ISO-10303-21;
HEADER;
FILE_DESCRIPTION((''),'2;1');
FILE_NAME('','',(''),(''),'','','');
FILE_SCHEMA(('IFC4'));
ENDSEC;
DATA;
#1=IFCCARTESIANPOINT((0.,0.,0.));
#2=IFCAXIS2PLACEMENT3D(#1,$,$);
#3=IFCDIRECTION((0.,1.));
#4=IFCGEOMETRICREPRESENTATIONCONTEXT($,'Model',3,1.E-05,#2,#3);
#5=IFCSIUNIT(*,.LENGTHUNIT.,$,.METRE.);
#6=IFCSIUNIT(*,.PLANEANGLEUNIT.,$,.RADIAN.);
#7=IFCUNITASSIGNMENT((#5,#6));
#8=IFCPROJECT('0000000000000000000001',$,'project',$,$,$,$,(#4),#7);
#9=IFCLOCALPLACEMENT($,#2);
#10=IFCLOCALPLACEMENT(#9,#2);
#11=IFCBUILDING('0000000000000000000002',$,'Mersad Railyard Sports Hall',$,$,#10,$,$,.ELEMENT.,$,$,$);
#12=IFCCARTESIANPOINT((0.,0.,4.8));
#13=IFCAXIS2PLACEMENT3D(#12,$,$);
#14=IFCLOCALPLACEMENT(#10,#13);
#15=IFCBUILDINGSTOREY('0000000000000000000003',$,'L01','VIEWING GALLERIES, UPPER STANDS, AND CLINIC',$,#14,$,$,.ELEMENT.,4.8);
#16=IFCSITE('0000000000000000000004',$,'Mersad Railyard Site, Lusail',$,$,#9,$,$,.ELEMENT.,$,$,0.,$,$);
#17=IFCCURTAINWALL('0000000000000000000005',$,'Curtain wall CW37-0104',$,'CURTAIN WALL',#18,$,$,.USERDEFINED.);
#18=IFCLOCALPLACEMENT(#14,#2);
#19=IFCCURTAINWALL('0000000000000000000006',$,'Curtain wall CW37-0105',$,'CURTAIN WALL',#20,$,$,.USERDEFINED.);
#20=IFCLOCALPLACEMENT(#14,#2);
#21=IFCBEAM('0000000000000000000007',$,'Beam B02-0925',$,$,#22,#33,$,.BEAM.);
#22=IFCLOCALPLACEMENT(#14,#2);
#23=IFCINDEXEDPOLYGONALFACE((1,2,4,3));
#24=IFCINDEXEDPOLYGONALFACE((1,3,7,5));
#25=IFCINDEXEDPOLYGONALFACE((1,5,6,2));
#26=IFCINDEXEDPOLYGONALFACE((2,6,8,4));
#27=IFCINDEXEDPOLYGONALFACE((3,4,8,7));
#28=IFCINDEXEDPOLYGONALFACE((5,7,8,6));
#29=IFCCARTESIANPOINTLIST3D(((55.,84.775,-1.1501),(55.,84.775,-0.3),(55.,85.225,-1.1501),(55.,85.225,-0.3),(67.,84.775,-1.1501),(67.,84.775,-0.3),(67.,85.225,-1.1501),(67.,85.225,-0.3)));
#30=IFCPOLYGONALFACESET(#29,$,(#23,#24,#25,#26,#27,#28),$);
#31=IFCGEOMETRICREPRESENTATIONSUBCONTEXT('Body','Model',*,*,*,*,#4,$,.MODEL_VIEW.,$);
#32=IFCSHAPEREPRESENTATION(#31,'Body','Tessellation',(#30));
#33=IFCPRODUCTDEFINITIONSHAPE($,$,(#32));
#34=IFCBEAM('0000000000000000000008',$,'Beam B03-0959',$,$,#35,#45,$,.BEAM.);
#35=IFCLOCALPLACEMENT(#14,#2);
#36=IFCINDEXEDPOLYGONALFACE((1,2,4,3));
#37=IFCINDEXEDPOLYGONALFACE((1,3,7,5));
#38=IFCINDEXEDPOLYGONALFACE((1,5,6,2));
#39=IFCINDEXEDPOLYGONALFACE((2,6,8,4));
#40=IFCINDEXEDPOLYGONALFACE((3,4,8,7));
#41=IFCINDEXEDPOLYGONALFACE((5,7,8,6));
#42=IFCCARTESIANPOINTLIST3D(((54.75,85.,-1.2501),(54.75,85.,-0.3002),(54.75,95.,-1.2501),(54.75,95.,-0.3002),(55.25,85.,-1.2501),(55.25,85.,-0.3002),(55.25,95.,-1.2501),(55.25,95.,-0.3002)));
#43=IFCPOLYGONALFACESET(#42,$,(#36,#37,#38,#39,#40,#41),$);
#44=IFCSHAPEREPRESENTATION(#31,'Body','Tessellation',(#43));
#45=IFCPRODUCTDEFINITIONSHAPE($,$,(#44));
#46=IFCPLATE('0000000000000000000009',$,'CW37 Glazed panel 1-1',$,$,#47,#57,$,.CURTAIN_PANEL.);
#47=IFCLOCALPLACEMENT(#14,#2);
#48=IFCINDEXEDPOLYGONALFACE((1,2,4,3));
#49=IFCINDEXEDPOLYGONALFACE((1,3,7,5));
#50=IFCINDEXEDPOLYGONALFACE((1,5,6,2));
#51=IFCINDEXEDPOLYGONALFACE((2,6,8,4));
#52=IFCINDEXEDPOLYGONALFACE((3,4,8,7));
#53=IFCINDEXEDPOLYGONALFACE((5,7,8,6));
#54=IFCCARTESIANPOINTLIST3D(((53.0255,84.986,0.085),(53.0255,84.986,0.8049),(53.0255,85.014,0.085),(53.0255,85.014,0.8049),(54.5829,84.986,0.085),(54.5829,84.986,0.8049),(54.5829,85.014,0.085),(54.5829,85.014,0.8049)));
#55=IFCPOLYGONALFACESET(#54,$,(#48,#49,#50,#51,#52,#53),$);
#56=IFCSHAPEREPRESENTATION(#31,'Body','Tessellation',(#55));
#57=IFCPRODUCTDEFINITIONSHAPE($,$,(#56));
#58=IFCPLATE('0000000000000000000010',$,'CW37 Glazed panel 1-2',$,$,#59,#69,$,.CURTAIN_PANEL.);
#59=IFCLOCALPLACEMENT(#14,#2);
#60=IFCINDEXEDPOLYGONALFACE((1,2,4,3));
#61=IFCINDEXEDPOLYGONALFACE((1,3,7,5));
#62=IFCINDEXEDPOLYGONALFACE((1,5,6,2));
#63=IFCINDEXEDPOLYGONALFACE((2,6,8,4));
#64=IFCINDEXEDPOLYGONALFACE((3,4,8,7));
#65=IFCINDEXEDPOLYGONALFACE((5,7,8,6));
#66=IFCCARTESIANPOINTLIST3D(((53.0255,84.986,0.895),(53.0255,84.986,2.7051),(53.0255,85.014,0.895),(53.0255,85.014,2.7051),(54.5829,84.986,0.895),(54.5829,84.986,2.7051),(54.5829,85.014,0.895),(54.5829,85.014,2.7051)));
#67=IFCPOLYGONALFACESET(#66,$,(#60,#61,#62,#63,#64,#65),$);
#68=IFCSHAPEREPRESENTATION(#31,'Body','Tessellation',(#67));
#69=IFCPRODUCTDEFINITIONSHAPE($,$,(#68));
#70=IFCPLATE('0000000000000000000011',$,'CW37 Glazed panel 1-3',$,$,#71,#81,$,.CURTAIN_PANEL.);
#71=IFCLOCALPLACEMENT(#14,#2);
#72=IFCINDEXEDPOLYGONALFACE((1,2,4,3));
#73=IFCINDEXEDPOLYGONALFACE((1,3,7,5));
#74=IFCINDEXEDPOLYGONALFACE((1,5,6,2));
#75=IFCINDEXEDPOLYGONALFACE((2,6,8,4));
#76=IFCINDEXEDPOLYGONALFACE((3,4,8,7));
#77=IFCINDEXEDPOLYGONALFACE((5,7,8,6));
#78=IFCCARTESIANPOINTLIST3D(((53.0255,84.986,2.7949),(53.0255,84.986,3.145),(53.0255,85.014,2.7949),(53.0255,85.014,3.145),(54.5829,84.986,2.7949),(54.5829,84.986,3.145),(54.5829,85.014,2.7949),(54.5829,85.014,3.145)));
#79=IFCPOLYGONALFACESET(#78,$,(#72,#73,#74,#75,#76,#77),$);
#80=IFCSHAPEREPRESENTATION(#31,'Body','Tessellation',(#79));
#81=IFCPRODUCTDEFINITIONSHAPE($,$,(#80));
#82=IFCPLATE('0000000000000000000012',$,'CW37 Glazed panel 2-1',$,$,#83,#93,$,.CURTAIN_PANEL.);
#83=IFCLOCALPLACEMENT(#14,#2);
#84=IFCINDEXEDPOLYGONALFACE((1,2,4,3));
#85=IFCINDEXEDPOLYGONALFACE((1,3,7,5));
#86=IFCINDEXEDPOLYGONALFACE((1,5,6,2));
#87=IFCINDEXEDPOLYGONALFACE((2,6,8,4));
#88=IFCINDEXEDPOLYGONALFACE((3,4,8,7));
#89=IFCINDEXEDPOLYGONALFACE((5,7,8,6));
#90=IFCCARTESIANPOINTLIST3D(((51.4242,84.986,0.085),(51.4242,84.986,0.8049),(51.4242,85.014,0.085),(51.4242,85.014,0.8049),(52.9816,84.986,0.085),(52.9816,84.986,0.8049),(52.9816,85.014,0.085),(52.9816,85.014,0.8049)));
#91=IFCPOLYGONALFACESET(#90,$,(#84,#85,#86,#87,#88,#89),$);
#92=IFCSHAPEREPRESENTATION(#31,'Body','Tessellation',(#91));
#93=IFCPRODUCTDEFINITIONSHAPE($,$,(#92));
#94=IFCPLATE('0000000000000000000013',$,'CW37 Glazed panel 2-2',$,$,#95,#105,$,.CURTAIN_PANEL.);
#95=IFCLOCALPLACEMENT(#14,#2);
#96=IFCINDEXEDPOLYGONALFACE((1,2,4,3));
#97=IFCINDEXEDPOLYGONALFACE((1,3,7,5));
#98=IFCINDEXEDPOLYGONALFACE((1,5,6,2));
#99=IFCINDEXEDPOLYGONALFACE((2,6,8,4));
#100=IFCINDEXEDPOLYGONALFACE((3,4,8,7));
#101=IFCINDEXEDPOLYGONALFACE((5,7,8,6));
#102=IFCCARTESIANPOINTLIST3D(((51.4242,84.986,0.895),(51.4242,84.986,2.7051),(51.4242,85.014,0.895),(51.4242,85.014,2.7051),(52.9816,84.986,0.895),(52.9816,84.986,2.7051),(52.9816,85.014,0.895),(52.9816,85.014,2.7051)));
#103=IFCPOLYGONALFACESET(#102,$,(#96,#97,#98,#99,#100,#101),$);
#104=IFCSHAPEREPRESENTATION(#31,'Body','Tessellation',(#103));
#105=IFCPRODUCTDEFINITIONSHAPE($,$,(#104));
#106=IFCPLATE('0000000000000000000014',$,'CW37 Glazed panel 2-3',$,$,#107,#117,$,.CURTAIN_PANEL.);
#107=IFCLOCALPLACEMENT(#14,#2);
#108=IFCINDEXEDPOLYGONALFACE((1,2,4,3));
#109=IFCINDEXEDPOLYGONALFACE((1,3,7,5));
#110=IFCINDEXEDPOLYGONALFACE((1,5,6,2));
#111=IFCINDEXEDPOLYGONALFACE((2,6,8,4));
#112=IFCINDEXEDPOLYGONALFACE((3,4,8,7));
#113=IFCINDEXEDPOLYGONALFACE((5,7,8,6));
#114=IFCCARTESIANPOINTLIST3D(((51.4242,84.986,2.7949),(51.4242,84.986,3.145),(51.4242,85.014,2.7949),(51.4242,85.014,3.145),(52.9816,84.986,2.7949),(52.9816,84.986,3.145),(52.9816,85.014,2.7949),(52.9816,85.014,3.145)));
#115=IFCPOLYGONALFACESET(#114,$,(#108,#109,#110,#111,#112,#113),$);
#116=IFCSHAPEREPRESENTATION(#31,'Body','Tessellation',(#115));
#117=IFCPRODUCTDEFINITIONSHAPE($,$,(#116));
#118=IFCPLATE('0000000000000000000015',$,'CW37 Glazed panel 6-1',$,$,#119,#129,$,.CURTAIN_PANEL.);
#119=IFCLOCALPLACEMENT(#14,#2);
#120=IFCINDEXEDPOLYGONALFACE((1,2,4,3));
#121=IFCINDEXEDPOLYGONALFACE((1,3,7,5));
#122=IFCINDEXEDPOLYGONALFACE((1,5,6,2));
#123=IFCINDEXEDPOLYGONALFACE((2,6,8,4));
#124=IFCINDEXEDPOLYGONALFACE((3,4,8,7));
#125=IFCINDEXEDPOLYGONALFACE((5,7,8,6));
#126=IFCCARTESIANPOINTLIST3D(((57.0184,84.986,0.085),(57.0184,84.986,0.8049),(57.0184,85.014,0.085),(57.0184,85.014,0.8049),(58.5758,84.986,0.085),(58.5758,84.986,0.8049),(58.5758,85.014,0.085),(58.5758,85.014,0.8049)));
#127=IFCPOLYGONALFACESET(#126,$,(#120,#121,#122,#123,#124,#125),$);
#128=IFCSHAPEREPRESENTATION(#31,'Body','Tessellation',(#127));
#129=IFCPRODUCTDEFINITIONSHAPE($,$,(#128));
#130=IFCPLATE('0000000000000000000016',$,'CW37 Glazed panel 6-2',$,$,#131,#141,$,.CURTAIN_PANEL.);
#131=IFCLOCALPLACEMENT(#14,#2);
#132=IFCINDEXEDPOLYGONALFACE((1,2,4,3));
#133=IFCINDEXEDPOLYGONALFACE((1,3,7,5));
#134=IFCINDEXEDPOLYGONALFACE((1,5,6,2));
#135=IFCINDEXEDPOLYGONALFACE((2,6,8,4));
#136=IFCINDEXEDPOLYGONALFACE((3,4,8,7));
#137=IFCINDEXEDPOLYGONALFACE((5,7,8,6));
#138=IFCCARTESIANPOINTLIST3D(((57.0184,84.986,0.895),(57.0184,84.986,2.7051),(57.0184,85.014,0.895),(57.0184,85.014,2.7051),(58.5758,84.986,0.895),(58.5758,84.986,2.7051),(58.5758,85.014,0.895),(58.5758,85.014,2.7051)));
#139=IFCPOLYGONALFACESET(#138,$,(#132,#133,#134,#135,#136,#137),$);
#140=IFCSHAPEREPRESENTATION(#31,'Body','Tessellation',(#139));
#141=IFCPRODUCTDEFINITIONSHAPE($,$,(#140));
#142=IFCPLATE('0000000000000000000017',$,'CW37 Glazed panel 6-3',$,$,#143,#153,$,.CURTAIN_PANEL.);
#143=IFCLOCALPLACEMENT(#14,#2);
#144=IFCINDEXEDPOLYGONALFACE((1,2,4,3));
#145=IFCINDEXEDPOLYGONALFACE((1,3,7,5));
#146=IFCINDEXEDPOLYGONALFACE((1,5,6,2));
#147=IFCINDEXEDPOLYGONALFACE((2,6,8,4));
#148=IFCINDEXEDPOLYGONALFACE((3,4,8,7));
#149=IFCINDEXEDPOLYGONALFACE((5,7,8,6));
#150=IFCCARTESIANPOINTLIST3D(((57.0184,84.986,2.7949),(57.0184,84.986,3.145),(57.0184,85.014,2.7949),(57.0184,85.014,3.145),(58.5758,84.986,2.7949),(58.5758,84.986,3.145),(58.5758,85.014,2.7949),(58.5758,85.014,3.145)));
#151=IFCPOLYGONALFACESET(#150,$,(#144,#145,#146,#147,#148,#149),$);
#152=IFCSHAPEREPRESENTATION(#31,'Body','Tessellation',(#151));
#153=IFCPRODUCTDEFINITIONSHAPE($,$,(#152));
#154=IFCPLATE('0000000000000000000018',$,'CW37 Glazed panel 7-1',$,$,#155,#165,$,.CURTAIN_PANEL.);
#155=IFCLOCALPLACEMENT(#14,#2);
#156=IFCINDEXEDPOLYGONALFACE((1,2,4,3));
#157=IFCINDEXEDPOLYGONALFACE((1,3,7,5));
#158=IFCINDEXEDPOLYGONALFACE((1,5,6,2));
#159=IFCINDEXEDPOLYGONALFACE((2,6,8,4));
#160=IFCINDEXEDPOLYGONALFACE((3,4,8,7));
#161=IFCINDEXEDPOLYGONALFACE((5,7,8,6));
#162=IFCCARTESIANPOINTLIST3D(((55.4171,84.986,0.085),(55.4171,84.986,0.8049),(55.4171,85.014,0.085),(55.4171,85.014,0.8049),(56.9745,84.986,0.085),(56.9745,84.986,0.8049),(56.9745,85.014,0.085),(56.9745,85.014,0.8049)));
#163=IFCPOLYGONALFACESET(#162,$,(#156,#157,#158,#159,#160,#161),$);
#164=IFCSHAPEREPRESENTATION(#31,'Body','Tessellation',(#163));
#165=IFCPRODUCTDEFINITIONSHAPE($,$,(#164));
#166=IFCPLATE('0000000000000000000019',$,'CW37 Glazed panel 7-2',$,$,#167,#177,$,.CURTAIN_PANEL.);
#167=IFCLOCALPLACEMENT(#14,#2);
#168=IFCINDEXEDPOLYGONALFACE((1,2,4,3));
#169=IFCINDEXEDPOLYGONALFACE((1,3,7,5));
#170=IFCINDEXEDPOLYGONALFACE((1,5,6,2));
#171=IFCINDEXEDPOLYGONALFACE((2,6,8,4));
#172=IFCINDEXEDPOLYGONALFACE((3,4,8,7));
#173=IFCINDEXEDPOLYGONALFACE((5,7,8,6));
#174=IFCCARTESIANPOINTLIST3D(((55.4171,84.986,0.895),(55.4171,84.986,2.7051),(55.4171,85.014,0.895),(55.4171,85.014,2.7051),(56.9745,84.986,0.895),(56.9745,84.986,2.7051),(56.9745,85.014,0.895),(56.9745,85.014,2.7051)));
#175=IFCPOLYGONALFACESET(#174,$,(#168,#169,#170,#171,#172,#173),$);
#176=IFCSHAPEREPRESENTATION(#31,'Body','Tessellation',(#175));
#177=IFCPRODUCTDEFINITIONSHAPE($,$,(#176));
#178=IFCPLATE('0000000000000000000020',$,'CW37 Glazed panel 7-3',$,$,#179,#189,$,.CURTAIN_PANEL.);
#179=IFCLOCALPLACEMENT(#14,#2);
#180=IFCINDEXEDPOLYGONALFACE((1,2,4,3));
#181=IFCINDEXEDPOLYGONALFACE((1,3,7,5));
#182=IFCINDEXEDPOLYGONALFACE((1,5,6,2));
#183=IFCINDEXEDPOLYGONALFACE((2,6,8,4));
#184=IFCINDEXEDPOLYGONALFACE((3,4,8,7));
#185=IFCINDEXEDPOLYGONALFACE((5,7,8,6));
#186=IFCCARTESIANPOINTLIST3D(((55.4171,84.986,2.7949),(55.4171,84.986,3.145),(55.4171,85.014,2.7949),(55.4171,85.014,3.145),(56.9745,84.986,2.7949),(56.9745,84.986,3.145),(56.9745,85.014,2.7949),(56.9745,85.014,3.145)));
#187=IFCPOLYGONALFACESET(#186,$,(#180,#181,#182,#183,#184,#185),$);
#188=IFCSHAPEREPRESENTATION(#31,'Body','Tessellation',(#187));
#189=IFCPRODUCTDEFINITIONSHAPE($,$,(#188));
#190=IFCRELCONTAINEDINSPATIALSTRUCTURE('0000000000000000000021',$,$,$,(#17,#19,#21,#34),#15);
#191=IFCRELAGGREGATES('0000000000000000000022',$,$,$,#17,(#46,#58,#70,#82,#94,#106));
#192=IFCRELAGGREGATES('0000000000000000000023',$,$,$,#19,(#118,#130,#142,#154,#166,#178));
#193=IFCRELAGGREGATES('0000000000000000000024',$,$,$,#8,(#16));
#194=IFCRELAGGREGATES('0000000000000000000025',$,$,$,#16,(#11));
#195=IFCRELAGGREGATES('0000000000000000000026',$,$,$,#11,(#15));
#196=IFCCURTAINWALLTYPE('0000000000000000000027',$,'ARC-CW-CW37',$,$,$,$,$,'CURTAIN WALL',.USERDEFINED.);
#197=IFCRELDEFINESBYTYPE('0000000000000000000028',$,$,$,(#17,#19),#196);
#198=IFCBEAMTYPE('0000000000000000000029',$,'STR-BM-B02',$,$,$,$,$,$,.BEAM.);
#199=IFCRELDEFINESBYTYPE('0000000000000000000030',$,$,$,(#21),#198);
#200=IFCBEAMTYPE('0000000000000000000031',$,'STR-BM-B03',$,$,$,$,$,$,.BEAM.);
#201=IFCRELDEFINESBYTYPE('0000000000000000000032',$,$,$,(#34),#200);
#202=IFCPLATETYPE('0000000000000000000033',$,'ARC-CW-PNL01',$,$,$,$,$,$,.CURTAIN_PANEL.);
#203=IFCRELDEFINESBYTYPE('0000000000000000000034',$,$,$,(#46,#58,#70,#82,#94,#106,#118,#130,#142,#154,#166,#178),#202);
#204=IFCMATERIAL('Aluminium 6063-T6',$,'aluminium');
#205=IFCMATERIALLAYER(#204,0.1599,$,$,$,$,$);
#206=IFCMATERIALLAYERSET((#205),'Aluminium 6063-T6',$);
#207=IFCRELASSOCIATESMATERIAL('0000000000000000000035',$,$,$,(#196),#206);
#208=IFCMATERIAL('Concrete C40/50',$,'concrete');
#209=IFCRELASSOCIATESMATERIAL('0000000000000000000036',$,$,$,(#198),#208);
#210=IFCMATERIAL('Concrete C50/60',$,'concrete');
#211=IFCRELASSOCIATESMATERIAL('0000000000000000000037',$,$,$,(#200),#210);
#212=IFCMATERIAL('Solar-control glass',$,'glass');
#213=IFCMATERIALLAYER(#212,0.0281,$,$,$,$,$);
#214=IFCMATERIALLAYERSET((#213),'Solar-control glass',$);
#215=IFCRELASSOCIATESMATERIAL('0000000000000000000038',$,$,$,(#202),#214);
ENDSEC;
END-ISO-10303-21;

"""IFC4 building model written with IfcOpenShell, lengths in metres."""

from ifc_helpers import new_model, si_unit, direction, frame, origin, origin_2d, place, context, subcontext, project, spatial, rectangle, extrude, material, layer, layer_set, material_profile, profile_set, type_object, element, aggregate, save


model = new_model("IFC4")

# Units and contexts
model_context = context("Model", 3, precision=1e-05, world=origin(), true_north=direction((0.0, 1.0)))
body_context = subcontext(model_context, "Body", "Model", "MODEL_VIEW")
ifc_project = project(units=[si_unit("LENGTHUNIT", "METRE"), si_unit("PLANEANGLEUNIT", "RADIAN")], contexts=[model_context])

# Site, building, storey
site_placement = place(None, origin())
site = spatial("IfcSite", under=ifc_project, at=site_placement, Name="Mersad Railyard Site, Lusail", CompositionType="ELEMENT", RefElevation=0.0)
building_placement = place(site_placement, origin())
building = spatial("IfcBuilding", under=site, at=building_placement, Name="Mersad Railyard Sports Hall", CompositionType="ELEMENT")
storey_placement = place(building_placement, frame((0.0, 0.0, 4.8)))
storey = spatial("IfcBuildingStorey", under=building, at=storey_placement, Name="L01", Description="VIEWING GALLERIES, UPPER STANDS, AND CLINIC", CompositionType="ELEMENT", Elevation=4.8)

# Shared definitions
ifc_material_1 = material(Name="Concrete C50/60", Category="concrete")

# Curtain walls
ifc_material_2 = material(Name="Aluminium 6063-T6", Category="aluminium")
ifc_layer_1 = layer(ifc_material_2, 0.1599)
ifc_layer_set_1 = layer_set([ifc_layer_1], Name="Aluminium 6063-T6")
curtain_wall_type = type_object("IfcCurtainWallType", Name="ARC-CW-CW37", ElementType="CURTAIN WALL", PredefinedType="USERDEFINED", material=ifc_layer_set_1)
curtain_wall_1_placement = place(storey_placement, origin())
curtain_wall_1 = element("IfcCurtainWall", 1, at=curtain_wall_1_placement, inside=storey, type_object=curtain_wall_type, Name="Curtain wall CW37-0104", ObjectType="CURTAIN WALL", PredefinedType="USERDEFINED")
curtain_wall_2_placement = place(storey_placement, origin())
curtain_wall_2 = element("IfcCurtainWall", 2, at=curtain_wall_2_placement, inside=storey, type_object=curtain_wall_type, Name="Curtain wall CW37-0105", ObjectType="CURTAIN WALL", PredefinedType="USERDEFINED")

# Beams
ifc_material_3 = material(Name="Concrete C40/50", Category="concrete")
ifc_material_profile_1 = material_profile(ifc_material_3, rectangle(XDim=0.45, YDim=0.8501, at=origin_2d()), Name="RC 450x850")
ifc_profile_set_1 = profile_set([ifc_material_profile_1], Name="Concrete C40/50")
beam_type_1 = type_object("IfcBeamType", Name="STR-BM-B02", PredefinedType="BEAM", material=ifc_profile_set_1)
beam_1_placement = place(storey_placement, frame((55.0, 85.0, -0.7251), z_axis=(1.0, 0.0, 0.0), x_axis=(0.0, 1.0, 0.0)))
element("IfcBeam", 3, at=beam_1_placement, inside=storey, type_object=beam_type_1, Name="Beam B02-0925", PredefinedType="BEAM", context=body_context, shape_type="SweptSolid", body=[
    extrude(rectangle(XDim=0.45, YDim=0.8501, at=origin_2d()), origin(), (0.0, 0.0, 1.0), 12.0),
])
ifc_material_profile_2 = material_profile(ifc_material_1, rectangle(XDim=0.5, YDim=0.95, at=origin_2d()), Name="RC 500x950")
ifc_profile_set_2 = profile_set([ifc_material_profile_2], Name="Concrete C50/60")
beam_type_2 = type_object("IfcBeamType", Name="STR-BM-B03", PredefinedType="BEAM", material=ifc_profile_set_2)
beam_2_placement = place(storey_placement, frame((55.0, 85.0, -0.7751), z_axis=(0.0, 1.0, 0.0), x_axis=(-1.0, 0.0, 0.0)))
element("IfcBeam", 4, at=beam_2_placement, inside=storey, type_object=beam_type_2, Name="Beam B03-0959", PredefinedType="BEAM", context=body_context, shape_type="SweptSolid", body=[
    extrude(rectangle(XDim=0.5, YDim=0.95, at=origin_2d()), origin(), (0.0, 0.0, 1.0), 10.0),
])

# Plates
ifc_material_4 = material(Name="Solar-control glass", Category="glass")
ifc_layer_2 = layer(ifc_material_4, 0.0281)
ifc_layer_set_2 = layer_set([ifc_layer_2], Name="Solar-control glass")
plate_type = type_object("IfcPlateType", Name="ARC-CW-PNL01", PredefinedType="CURTAIN_PANEL", material=ifc_layer_set_2)
plate_1_placement = place(storey_placement, frame((53.8042, 85.0, 0.085), z_axis=(0.0, 0.0, 1.0), x_axis=(-1.0, 0.0, 0.0)))
plate_1 = element("IfcPlate", 5, at=plate_1_placement, type_object=plate_type, Name="CW37 Glazed panel 1-1", PredefinedType="CURTAIN_PANEL", context=body_context, shape_type="SweptSolid", body=[
    extrude(rectangle(XDim=1.5574, YDim=0.0281, at=origin_2d()), origin(), (0.0, 0.0, 1.0), 0.72),
])
plate_2_placement = place(storey_placement, frame((53.8042, 85.0, 0.895), z_axis=(0.0, 0.0, 1.0), x_axis=(-1.0, 0.0, 0.0)))
plate_2 = element("IfcPlate", 6, at=plate_2_placement, type_object=plate_type, Name="CW37 Glazed panel 1-2", PredefinedType="CURTAIN_PANEL", context=body_context, shape_type="SweptSolid", body=[
    extrude(rectangle(XDim=1.5574, YDim=0.0281, at=origin_2d()), origin(), (0.0, 0.0, 1.0), 1.8101),
])
plate_3_placement = place(storey_placement, frame((53.8042, 85.0, 2.7949), z_axis=(0.0, 0.0, 1.0), x_axis=(-1.0, 0.0, 0.0)))
plate_3 = element("IfcPlate", 7, at=plate_3_placement, type_object=plate_type, Name="CW37 Glazed panel 1-3", PredefinedType="CURTAIN_PANEL", context=body_context, shape_type="SweptSolid", body=[
    extrude(rectangle(XDim=1.5574, YDim=0.0281, at=origin_2d()), origin(), (0.0, 0.0, 1.0), 0.3501),
])
plate_4_placement = place(storey_placement, frame((52.2029, 85.0, 0.085), z_axis=(0.0, 0.0, 1.0), x_axis=(-1.0, 0.0, 0.0)))
plate_4 = element("IfcPlate", 8, at=plate_4_placement, type_object=plate_type, Name="CW37 Glazed panel 2-1", PredefinedType="CURTAIN_PANEL", context=body_context, shape_type="SweptSolid", body=[
    extrude(rectangle(XDim=1.5574, YDim=0.0281, at=origin_2d()), origin(), (0.0, 0.0, 1.0), 0.72),
])
plate_5_placement = place(storey_placement, frame((52.2029, 85.0, 0.895), z_axis=(0.0, 0.0, 1.0), x_axis=(-1.0, 0.0, 0.0)))
plate_5 = element("IfcPlate", 9, at=plate_5_placement, type_object=plate_type, Name="CW37 Glazed panel 2-2", PredefinedType="CURTAIN_PANEL", context=body_context, shape_type="SweptSolid", body=[
    extrude(rectangle(XDim=1.5574, YDim=0.0281, at=origin_2d()), origin(), (0.0, 0.0, 1.0), 1.8101),
])
plate_6_placement = place(storey_placement, frame((52.2029, 85.0, 2.7949), z_axis=(0.0, 0.0, 1.0), x_axis=(-1.0, 0.0, 0.0)))
plate_6 = element("IfcPlate", 10, at=plate_6_placement, type_object=plate_type, Name="CW37 Glazed panel 2-3", PredefinedType="CURTAIN_PANEL", context=body_context, shape_type="SweptSolid", body=[
    extrude(rectangle(XDim=1.5574, YDim=0.0281, at=origin_2d()), origin(), (0.0, 0.0, 1.0), 0.3501),
])
aggregate(curtain_wall_1, [plate_1, plate_2, plate_3, plate_4, plate_5, plate_6])
plate_7_placement = place(storey_placement, frame((57.7971, 85.0, 0.085), z_axis=(0.0, 0.0, 1.0), x_axis=(-1.0, 0.0, 0.0)))
plate_7 = element("IfcPlate", 11, at=plate_7_placement, type_object=plate_type, Name="CW37 Glazed panel 6-1", PredefinedType="CURTAIN_PANEL", context=body_context, shape_type="SweptSolid", body=[
    extrude(rectangle(XDim=1.5574, YDim=0.0281, at=origin_2d()), origin(), (0.0, 0.0, 1.0), 0.72),
])
plate_8_placement = place(storey_placement, frame((57.7971, 85.0, 0.895), z_axis=(0.0, 0.0, 1.0), x_axis=(-1.0, 0.0, 0.0)))
plate_8 = element("IfcPlate", 12, at=plate_8_placement, type_object=plate_type, Name="CW37 Glazed panel 6-2", PredefinedType="CURTAIN_PANEL", context=body_context, shape_type="SweptSolid", body=[
    extrude(rectangle(XDim=1.5574, YDim=0.0281, at=origin_2d()), origin(), (0.0, 0.0, 1.0), 1.8101),
])
plate_9_placement = place(storey_placement, frame((57.7971, 85.0, 2.7949), z_axis=(0.0, 0.0, 1.0), x_axis=(-1.0, 0.0, 0.0)))
plate_9 = element("IfcPlate", 13, at=plate_9_placement, type_object=plate_type, Name="CW37 Glazed panel 6-3", PredefinedType="CURTAIN_PANEL", context=body_context, shape_type="SweptSolid", body=[
    extrude(rectangle(XDim=1.5574, YDim=0.0281, at=origin_2d()), origin(), (0.0, 0.0, 1.0), 0.3501),
])
plate_10_placement = place(storey_placement, frame((56.1958, 85.0, 0.085), z_axis=(0.0, 0.0, 1.0), x_axis=(-1.0, 0.0, 0.0)))
plate_10 = element("IfcPlate", 14, at=plate_10_placement, type_object=plate_type, Name="CW37 Glazed panel 7-1", PredefinedType="CURTAIN_PANEL", context=body_context, shape_type="SweptSolid", body=[
    extrude(rectangle(XDim=1.5574, YDim=0.0281, at=origin_2d()), origin(), (0.0, 0.0, 1.0), 0.72),
])
plate_11_placement = place(storey_placement, frame((56.1958, 85.0, 0.895), z_axis=(0.0, 0.0, 1.0), x_axis=(-1.0, 0.0, 0.0)))
plate_11 = element("IfcPlate", 15, at=plate_11_placement, type_object=plate_type, Name="CW37 Glazed panel 7-2", PredefinedType="CURTAIN_PANEL", context=body_context, shape_type="SweptSolid", body=[
    extrude(rectangle(XDim=1.5574, YDim=0.0281, at=origin_2d()), origin(), (0.0, 0.0, 1.0), 1.8101),
])
plate_12_placement = place(storey_placement, frame((56.1958, 85.0, 2.7949), z_axis=(0.0, 0.0, 1.0), x_axis=(-1.0, 0.0, 0.0)))
plate_12 = element("IfcPlate", 16, at=plate_12_placement, type_object=plate_type, Name="CW37 Glazed panel 7-3", PredefinedType="CURTAIN_PANEL", context=body_context, shape_type="SweptSolid", body=[
    extrude(rectangle(XDim=1.5574, YDim=0.0281, at=origin_2d()), origin(), (0.0, 0.0, 1.0), 0.3501),
])
aggregate(curtain_wall_2, [plate_7, plate_8, plate_9, plate_10, plate_11, plate_12])

save(model, "model.ifc")
